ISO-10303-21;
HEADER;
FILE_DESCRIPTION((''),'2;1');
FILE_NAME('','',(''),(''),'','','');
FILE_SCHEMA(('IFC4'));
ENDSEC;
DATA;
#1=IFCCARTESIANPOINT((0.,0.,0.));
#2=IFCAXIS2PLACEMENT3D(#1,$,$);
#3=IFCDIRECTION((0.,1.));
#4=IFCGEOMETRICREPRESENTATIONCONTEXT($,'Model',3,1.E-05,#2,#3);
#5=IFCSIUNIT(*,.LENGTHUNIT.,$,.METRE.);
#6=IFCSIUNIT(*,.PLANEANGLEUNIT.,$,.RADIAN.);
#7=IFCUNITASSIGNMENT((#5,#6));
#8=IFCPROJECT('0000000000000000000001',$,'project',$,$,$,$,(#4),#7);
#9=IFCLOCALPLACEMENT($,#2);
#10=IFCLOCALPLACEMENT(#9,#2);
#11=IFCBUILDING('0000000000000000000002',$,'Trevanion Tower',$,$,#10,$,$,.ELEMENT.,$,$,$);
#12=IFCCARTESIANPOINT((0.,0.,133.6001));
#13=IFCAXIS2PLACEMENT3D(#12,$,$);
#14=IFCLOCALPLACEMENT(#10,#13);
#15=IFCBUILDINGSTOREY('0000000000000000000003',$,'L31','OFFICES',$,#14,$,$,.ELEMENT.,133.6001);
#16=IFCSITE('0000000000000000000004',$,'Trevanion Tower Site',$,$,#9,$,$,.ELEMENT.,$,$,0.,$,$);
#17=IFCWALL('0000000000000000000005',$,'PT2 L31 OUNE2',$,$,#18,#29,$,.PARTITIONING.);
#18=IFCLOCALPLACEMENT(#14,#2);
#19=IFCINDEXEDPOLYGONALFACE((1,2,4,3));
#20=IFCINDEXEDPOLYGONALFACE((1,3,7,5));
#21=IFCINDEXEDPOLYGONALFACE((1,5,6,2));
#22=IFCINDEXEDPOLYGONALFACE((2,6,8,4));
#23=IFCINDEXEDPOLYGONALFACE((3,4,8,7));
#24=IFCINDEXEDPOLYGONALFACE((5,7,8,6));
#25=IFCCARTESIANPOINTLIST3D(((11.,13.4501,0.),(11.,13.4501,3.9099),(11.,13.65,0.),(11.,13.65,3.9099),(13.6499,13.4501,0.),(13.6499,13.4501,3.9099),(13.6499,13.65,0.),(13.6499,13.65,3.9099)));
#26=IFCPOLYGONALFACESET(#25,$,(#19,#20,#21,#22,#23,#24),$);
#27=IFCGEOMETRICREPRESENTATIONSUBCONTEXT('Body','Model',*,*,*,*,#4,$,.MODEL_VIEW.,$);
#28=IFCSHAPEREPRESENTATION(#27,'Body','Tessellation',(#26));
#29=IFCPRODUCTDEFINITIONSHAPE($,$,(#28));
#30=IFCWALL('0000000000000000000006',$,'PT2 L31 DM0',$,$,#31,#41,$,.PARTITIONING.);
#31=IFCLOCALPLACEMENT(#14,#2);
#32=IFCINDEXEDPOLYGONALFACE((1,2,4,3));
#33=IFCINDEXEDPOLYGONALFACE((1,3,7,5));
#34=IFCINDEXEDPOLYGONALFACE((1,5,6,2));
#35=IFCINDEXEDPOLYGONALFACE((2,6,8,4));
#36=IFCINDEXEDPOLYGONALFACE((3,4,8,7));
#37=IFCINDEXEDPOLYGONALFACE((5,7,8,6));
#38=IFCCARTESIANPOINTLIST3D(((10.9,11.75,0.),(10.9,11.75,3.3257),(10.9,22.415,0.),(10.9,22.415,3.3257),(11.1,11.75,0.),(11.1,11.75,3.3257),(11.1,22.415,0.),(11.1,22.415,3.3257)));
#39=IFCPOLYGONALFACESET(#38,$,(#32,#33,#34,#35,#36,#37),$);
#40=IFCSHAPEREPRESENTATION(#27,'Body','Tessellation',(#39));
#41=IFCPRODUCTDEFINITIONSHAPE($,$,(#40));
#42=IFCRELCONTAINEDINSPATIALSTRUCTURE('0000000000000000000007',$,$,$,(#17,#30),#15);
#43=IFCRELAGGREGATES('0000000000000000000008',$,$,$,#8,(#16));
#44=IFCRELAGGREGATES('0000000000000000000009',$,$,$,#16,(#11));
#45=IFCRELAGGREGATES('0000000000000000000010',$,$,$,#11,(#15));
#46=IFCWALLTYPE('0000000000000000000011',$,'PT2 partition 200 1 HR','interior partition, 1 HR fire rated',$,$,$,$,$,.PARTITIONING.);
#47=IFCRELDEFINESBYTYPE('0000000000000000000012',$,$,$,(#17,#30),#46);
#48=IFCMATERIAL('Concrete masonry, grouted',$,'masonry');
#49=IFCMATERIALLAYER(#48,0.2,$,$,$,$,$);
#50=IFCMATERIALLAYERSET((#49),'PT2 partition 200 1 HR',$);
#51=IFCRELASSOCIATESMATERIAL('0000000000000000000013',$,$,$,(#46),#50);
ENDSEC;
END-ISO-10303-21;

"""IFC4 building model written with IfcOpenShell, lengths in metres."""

from ifc_helpers import new_model, si_unit, direction, frame, frame_2d, origin, place, context, subcontext, project, spatial, rectangle, extrude, material, layer, layer_set, type_object, element, save


model = new_model("IFC4")

# Units and contexts
model_context = context("Model", 3, precision=1e-05, world=origin(), true_north=direction((0.0, 1.0)))
body_context = subcontext(model_context, "Body", "Model", "MODEL_VIEW")
ifc_project = project(units=[si_unit("LENGTHUNIT", "METRE"), si_unit("PLANEANGLEUNIT", "RADIAN")], contexts=[model_context])

# Site, building, storey
site_placement = place(None, origin())
site = spatial("IfcSite", under=ifc_project, at=site_placement, Name="Trevanion Tower Site", CompositionType="ELEMENT", RefElevation=0.0)
building_placement = place(site_placement, origin())
building = spatial("IfcBuilding", under=site, at=building_placement, Name="Trevanion Tower", CompositionType="ELEMENT")
storey_placement = place(building_placement, frame((0.0, 0.0, 133.6001)))
storey = spatial("IfcBuildingStorey", under=building, at=storey_placement, Name="L31", Description="OFFICES", CompositionType="ELEMENT", Elevation=133.6001)

# Walls
ifc_material_1 = material(Name="Concrete masonry, grouted", Category="masonry")
ifc_layer_1 = layer(ifc_material_1, 0.2)
ifc_layer_set_1 = layer_set([ifc_layer_1], Name="PT2 partition 200 1 HR")
wall_type_1 = type_object("IfcWallType", Name="PT2 partition 200 1 HR", Description="interior partition, 1 HR fire rated", PredefinedType="PARTITIONING", material=ifc_layer_set_1)
wall_1_placement = place(storey_placement, frame((11.0, 13.55, 0.0), z_axis=(0.0, 0.0, 1.0), x_axis=(1.0, 0.0, 0.0)))
element("IfcWall", 1, at=wall_1_placement, inside=storey, type_object=wall_type_1, Name="PT2 L31 OUNE2", PredefinedType="PARTITIONING", context=body_context, shape_type="SweptSolid", body=[
    extrude(rectangle(XDim=2.6499, YDim=0.2, at=frame_2d((1.325, 0.0))), origin(), (0.0, 0.0, 1.0), 3.9099),
])
wall_2_placement = place(storey_placement, frame((11.0, 11.75, 0.0), z_axis=(0.0, 0.0, 1.0), x_axis=(0.0, 1.0, 0.0)))
element("IfcWall", 2, at=wall_2_placement, inside=storey, type_object=wall_type_1, Name="PT2 L31 DM0", PredefinedType="PARTITIONING", context=body_context, shape_type="SweptSolid", body=[
    extrude(rectangle(XDim=10.665, YDim=0.2, at=frame_2d((5.3325, 0.0))), origin(), (0.0, 0.0, 1.0), 3.3257),
])

save(model, "model.ifc")
